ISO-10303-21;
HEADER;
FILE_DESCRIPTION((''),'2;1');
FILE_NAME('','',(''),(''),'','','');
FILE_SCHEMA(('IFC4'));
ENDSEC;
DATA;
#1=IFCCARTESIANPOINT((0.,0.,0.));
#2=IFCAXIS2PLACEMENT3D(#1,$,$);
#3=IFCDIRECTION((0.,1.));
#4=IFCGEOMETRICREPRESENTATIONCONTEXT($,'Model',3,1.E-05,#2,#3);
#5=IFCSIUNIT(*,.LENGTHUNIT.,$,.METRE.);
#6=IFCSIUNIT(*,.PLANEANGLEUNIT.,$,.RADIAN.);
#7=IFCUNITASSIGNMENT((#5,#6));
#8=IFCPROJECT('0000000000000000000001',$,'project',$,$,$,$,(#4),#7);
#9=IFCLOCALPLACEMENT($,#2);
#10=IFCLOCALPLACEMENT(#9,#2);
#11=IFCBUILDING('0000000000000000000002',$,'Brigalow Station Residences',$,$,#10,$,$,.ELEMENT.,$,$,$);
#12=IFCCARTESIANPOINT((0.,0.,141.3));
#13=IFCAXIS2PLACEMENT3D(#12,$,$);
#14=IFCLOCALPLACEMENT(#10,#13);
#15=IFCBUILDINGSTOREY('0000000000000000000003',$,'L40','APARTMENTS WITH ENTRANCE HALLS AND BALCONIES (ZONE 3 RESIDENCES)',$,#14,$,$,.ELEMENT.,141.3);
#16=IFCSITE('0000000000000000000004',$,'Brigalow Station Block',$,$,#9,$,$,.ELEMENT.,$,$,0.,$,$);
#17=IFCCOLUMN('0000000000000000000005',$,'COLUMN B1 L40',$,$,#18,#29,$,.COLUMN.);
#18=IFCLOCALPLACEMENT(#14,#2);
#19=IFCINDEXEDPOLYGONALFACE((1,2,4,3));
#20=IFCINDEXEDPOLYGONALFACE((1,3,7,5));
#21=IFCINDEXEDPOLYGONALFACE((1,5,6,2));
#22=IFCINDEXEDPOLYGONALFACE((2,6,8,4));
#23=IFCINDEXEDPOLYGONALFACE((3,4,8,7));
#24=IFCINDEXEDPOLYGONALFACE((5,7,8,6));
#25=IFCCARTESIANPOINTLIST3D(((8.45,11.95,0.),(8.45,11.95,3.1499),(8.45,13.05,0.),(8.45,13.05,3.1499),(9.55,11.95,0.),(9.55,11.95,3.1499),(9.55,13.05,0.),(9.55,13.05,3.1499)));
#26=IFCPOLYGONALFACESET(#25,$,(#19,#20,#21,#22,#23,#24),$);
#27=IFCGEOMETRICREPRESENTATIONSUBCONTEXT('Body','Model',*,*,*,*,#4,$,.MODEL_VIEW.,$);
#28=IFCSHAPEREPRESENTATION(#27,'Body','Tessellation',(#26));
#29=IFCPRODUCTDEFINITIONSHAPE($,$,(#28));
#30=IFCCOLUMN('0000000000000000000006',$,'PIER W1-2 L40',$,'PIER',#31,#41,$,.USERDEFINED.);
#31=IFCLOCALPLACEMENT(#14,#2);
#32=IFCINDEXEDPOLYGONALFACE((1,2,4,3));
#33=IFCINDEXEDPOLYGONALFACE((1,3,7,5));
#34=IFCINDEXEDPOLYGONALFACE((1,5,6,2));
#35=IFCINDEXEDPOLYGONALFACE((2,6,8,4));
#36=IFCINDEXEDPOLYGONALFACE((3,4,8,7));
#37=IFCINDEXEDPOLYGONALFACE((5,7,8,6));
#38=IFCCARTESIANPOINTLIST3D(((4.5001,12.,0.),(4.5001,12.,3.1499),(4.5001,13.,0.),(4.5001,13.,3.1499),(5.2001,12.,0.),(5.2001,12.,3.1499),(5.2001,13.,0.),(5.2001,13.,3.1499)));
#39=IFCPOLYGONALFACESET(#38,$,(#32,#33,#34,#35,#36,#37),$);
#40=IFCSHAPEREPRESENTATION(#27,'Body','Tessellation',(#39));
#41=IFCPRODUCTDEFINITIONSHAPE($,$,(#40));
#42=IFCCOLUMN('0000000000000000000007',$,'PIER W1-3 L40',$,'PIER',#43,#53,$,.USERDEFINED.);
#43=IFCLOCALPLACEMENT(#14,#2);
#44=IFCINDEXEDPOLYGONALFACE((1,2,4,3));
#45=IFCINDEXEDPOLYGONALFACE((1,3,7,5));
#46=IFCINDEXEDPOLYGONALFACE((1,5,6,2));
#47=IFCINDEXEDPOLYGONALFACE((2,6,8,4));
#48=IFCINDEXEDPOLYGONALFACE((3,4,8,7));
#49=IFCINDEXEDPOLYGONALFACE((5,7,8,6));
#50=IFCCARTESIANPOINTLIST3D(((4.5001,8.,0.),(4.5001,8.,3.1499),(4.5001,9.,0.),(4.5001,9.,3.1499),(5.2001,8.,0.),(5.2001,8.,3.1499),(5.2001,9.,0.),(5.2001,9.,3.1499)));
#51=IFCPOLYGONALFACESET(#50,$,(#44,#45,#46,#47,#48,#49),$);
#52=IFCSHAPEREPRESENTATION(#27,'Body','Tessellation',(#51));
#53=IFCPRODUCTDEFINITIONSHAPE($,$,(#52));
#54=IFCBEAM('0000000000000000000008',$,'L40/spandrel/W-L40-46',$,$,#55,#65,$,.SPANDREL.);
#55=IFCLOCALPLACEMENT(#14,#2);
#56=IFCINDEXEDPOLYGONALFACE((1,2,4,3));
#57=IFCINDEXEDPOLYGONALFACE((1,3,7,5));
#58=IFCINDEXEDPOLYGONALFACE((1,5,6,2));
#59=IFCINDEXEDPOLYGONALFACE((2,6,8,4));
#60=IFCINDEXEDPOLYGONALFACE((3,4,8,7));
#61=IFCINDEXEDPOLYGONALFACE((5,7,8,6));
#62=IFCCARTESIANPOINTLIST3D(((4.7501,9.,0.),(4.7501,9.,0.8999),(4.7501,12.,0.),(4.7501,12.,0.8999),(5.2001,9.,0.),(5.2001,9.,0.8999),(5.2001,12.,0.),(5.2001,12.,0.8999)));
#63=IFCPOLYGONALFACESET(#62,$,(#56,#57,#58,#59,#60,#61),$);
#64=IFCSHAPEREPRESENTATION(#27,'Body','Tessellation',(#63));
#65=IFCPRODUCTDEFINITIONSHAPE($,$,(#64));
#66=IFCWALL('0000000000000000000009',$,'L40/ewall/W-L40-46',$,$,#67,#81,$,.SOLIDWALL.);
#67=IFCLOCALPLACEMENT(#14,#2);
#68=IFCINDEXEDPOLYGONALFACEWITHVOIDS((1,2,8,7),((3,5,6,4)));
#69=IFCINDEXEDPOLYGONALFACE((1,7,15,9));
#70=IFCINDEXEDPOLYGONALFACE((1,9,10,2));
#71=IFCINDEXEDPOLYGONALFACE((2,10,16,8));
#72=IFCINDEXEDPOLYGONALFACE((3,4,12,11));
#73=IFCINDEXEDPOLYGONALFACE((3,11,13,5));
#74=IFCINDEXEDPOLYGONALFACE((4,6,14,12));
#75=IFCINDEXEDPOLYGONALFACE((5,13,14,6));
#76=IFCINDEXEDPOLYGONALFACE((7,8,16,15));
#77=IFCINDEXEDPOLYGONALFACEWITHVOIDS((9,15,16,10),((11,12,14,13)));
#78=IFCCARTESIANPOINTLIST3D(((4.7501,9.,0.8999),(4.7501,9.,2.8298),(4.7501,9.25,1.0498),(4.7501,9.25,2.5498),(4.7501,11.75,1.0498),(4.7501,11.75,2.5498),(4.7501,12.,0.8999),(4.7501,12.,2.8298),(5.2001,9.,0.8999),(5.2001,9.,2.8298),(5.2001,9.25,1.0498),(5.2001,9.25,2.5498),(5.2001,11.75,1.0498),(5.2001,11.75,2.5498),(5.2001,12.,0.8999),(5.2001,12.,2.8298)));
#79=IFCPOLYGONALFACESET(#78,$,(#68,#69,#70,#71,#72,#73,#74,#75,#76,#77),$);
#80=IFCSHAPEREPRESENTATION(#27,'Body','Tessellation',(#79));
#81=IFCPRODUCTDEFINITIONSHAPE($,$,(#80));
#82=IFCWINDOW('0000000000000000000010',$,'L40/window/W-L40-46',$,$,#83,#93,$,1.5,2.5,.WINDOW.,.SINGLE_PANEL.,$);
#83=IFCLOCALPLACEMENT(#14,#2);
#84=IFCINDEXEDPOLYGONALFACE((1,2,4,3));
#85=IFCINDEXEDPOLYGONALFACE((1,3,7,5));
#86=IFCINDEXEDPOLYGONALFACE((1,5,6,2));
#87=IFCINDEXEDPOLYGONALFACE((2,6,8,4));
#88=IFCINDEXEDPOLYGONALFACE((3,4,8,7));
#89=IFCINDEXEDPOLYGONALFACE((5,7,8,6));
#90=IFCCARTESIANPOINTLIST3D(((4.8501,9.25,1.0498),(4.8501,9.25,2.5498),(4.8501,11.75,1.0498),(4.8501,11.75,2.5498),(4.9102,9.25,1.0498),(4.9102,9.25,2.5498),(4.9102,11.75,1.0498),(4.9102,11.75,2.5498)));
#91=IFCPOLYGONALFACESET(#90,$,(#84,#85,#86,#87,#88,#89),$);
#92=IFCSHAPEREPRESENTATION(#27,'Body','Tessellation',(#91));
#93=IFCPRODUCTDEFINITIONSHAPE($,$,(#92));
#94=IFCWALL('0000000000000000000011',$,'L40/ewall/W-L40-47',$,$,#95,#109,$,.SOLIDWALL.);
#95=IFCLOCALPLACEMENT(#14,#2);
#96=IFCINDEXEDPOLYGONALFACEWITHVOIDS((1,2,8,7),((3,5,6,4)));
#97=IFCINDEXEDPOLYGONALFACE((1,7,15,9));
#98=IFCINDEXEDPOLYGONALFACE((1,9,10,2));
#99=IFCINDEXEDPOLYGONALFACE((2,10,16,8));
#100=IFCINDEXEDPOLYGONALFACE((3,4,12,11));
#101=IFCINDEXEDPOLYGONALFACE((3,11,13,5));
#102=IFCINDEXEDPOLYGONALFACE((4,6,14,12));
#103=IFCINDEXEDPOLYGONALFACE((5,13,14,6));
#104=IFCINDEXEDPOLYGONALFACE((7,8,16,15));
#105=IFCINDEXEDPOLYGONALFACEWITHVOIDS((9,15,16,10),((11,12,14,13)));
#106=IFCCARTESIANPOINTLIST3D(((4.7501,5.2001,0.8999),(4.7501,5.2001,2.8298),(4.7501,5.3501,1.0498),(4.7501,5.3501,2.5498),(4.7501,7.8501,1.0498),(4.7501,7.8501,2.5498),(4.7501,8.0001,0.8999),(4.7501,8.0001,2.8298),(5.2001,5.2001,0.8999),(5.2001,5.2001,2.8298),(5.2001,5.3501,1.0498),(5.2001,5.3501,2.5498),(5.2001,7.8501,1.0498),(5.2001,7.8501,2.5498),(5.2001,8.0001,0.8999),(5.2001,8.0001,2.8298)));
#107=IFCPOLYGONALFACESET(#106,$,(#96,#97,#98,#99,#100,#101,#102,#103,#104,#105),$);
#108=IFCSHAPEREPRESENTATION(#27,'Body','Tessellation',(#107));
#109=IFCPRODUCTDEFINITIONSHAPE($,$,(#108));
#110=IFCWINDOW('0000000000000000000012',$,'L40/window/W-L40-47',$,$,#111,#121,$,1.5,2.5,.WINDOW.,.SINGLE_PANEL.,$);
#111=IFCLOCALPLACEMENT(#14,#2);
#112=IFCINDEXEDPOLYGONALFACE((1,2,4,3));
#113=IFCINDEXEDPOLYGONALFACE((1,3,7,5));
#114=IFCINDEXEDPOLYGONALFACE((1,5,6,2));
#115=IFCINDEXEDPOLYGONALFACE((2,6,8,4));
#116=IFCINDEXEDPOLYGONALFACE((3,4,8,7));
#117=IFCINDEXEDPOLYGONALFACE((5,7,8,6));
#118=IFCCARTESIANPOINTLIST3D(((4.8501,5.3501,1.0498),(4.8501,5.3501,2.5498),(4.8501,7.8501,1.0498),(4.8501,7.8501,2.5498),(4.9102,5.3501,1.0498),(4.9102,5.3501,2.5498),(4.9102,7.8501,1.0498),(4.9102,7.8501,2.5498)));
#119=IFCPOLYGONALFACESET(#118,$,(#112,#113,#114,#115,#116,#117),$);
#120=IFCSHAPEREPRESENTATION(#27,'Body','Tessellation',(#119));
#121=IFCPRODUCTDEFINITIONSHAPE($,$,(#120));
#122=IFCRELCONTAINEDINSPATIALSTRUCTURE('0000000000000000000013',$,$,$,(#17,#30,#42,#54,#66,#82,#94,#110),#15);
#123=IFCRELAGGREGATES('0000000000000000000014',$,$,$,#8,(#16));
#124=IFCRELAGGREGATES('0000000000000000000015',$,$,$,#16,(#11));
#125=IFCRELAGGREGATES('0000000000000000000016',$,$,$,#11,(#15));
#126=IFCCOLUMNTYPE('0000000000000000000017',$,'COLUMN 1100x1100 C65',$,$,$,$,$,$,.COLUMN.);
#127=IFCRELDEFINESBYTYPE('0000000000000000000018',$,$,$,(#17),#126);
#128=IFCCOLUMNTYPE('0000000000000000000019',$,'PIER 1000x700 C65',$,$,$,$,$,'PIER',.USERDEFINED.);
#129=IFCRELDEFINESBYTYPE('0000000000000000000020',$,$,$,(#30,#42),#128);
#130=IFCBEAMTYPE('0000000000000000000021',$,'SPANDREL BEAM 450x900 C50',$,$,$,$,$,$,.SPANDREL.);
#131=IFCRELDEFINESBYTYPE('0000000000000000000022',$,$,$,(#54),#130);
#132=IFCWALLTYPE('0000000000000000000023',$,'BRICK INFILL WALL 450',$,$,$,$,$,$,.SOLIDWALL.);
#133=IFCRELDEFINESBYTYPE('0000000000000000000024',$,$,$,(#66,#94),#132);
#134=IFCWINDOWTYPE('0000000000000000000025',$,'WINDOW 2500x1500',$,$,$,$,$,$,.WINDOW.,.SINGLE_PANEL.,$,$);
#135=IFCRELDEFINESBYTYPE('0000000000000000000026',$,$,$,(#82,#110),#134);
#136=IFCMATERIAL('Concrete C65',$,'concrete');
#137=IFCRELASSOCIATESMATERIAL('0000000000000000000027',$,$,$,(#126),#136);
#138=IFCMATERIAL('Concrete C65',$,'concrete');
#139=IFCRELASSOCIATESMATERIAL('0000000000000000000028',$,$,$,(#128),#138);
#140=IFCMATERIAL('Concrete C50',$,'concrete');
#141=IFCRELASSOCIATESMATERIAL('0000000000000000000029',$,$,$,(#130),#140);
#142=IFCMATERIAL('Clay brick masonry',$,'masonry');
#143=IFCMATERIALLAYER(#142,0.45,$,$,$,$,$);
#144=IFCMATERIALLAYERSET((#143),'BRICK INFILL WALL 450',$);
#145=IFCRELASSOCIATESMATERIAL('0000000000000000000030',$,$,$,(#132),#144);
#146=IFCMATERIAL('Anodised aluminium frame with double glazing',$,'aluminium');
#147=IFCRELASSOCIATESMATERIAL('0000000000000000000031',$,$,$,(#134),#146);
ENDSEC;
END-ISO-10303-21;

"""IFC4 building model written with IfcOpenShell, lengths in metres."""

from ifc_helpers import new_model, si_unit, direction, frame, frame_2d, origin, origin_2d, place, context, subcontext, project, spatial, rectangle, extrude, material, layer, layer_set, material_profile, profile_set, type_object, element, fill, save


model = new_model("IFC4")

# Units and contexts
model_context = context("Model", 3, precision=1e-05, world=origin(), true_north=direction((0.0, 1.0)))
body_context = subcontext(model_context, "Body", "Model", "MODEL_VIEW")
ifc_project = project(units=[si_unit("LENGTHUNIT", "METRE"), si_unit("PLANEANGLEUNIT", "RADIAN")], contexts=[model_context])

# Site, building, storey
site_placement = place(None, origin())
site = spatial("IfcSite", under=ifc_project, at=site_placement, Name="Brigalow Station Block", CompositionType="ELEMENT", RefElevation=0.0)
building_placement = place(site_placement, origin())
building = spatial("IfcBuilding", under=site, at=building_placement, Name="Brigalow Station Residences", CompositionType="ELEMENT")
storey_placement = place(building_placement, frame((0.0, 0.0, 141.3)))
storey = spatial("IfcBuildingStorey", under=building, at=storey_placement, Name="L40", Description="APARTMENTS WITH ENTRANCE HALLS AND BALCONIES (ZONE 3 RESIDENCES)", CompositionType="ELEMENT", Elevation=141.3)

# Columns
ifc_material_1 = material(Name="Concrete C65", Category="concrete")
ifc_material_profile_1 = material_profile(ifc_material_1, rectangle(XDim=1.1001, YDim=1.1001, at=origin_2d()), Name="RC1100x1100")
ifc_profile_set_1 = profile_set([ifc_material_profile_1], Name="Concrete C65")
column_type_1 = type_object("IfcColumnType", Name="COLUMN 1100x1100 C65", PredefinedType="COLUMN", material=ifc_profile_set_1)
column_placement = place(storey_placement, frame((9.0, 12.5, 0.0), z_axis=(0.0, 0.0, 1.0), x_axis=(1.0, 0.0, 0.0)))
element("IfcColumn", 1, at=column_placement, inside=storey, type_object=column_type_1, Name="COLUMN B1 L40", PredefinedType="COLUMN", context=body_context, shape_type="SweptSolid", body=[
    extrude(rectangle(XDim=1.1001, YDim=1.1001, at=origin_2d()), origin(), (0.0, 0.0, 1.0), 3.1499),
])
ifc_material_2 = material(Name="Concrete C65", Category="concrete")
ifc_material_profile_2 = material_profile(ifc_material_2, rectangle(XDim=1.0, YDim=0.7, at=origin_2d()), Name="RC1000x700")
ifc_profile_set_2 = profile_set([ifc_material_profile_2], Name="Concrete C65")
column_type_2 = type_object("IfcColumnType", Name="PIER 1000x700 C65", ElementType="PIER", PredefinedType="USERDEFINED", material=ifc_profile_set_2)
for number, where, z_axis, x_axis, name in (
    (2, (4.8501, 12.5, 0.0), (0.0, 0.0, 1.0), (0.0, -1.0, 0.0), "PIER W1-2 L40"),
    (3, (4.8501, 8.5, 0.0), (0.0, 0.0, 1.0), (0.0, -1.0, 0.0), "PIER W1-3 L40"),
):
    element("IfcColumn", number, at=place(storey_placement, frame(where, z_axis=z_axis, x_axis=x_axis)), inside=storey, type_object=column_type_2, Name=name, ObjectType="PIER", PredefinedType="USERDEFINED", context=body_context, shape_type="SweptSolid", body=[
        extrude(rectangle(XDim=1.0, YDim=0.7, at=origin_2d()), origin(), (0.0, 0.0, 1.0), 3.1499),
    ])

# Beam
ifc_material_3 = material(Name="Concrete C50", Category="concrete")
ifc_material_profile_3 = material_profile(ifc_material_3, rectangle(XDim=0.45, YDim=0.8999, at=origin_2d()), Name="RC450x900")
ifc_profile_set_3 = profile_set([ifc_material_profile_3], Name="Concrete C50")
beam_type = type_object("IfcBeamType", Name="SPANDREL BEAM 450x900 C50", PredefinedType="SPANDREL", material=ifc_profile_set_3)
beam_placement = place(storey_placement, frame((4.9751, 12.0, 0.45), z_axis=(0.0, -1.0, 0.0), x_axis=(1.0, 0.0, 0.0)))
element("IfcBeam", 4, at=beam_placement, inside=storey, type_object=beam_type, Name="L40/spandrel/W-L40-46", PredefinedType="SPANDREL", context=body_context, shape_type="SweptSolid", body=[
    extrude(rectangle(XDim=0.45, YDim=0.8999, at=origin_2d()), origin(), (0.0, 0.0, 1.0), 3.0),
])

# Walls, openings, windows
ifc_material_4 = material(Name="Clay brick masonry", Category="masonry")
ifc_layer_1 = layer(ifc_material_4, 0.45)
ifc_layer_set_1 = layer_set([ifc_layer_1], Name="BRICK INFILL WALL 450")
wall_type_1 = type_object("IfcWallType", Name="BRICK INFILL WALL 450", PredefinedType="SOLIDWALL", material=ifc_layer_set_1)
wall_1_placement = place(storey_placement, frame((4.9751, 12.0, 0.8999), z_axis=(0.0, 0.0, 1.0), x_axis=(0.0, -1.0, 0.0)))
wall_1 = element("IfcWall", 5, at=wall_1_placement, inside=storey, type_object=wall_type_1, Name="L40/ewall/W-L40-46", PredefinedType="SOLIDWALL", context=body_context, shape_type="SweptSolid", body=[
    extrude(rectangle(XDim=3.0, YDim=0.45, at=frame_2d((1.5, 0.0))), origin(), (0.0, 0.0, 1.0), 1.9299),
])
opening_1_placement = place(wall_1_placement, frame((0.25, 0.0, 0.1499)))
opening_1 = element("IfcOpeningElement", 6, at=opening_1_placement, cuts=wall_1, PredefinedType="OPENING", context=body_context, shape_type="SweptSolid", body=[
    extrude(rectangle(XDim=2.5, YDim=1.5, at=frame_2d((1.25, 0.75))), frame((0.0, 0.2349, 0.0), z_axis=(0.0, -1.0, 0.0), x_axis=(1.0, 0.0, 0.0)), (0.0, 0.0, 1.0), 0.47),
])
ifc_material_5 = material(Name="Anodised aluminium frame with double glazing", Category="aluminium")
window_type = type_object("IfcWindowType", Name="WINDOW 2500x1500", PartitioningType="SINGLE_PANEL", PredefinedType="WINDOW", material=ifc_material_5)
window_1_placement = place(opening_1_placement, origin())
window_1 = element("IfcWindow", 7, at=window_1_placement, inside=storey, type_object=window_type, Name="L40/window/W-L40-46", OverallHeight=1.5, OverallWidth=2.5, PartitioningType="SINGLE_PANEL", PredefinedType="WINDOW", context=body_context, shape_type="SweptSolid", body=[
    extrude(rectangle(XDim=2.5, YDim=1.5, at=frame_2d((1.25, 0.75))), frame((0.0, -0.0649, 0.0), z_axis=(0.0, -1.0, 0.0), x_axis=(1.0, 0.0, 0.0)), (0.0, 0.0, 1.0), 0.0601),
])
fill(opening_1, window_1)
wall_2_placement = place(storey_placement, frame((4.9751, 8.0, 0.8999), z_axis=(0.0, 0.0, 1.0), x_axis=(0.0, -1.0, 0.0)))
wall_2 = element("IfcWall", 8, at=wall_2_placement, inside=storey, type_object=wall_type_1, Name="L40/ewall/W-L40-47", PredefinedType="SOLIDWALL", context=body_context, shape_type="SweptSolid", body=[
    extrude(rectangle(XDim=2.8, YDim=0.45, at=frame_2d((1.3999, 0.0))), origin(), (0.0, 0.0, 1.0), 1.9299),
])
opening_2_placement = place(wall_2_placement, frame((0.1499, 0.0, 0.1499)))
opening_2 = element("IfcOpeningElement", 9, at=opening_2_placement, cuts=wall_2, PredefinedType="OPENING", context=body_context, shape_type="SweptSolid", body=[
    extrude(rectangle(XDim=2.5, YDim=1.5, at=frame_2d((1.25, 0.75))), frame((0.0, 0.2349, 0.0), z_axis=(0.0, -1.0, 0.0), x_axis=(1.0, 0.0, 0.0)), (0.0, 0.0, 1.0), 0.47),
])
window_2_placement = place(opening_2_placement, origin())
window_2 = element("IfcWindow", 10, at=window_2_placement, inside=storey, type_object=window_type, Name="L40/window/W-L40-47", OverallHeight=1.5, OverallWidth=2.5, PartitioningType="SINGLE_PANEL", PredefinedType="WINDOW", context=body_context, shape_type="SweptSolid", body=[
    extrude(rectangle(XDim=2.5, YDim=1.5, at=frame_2d((1.25, 0.75))), frame((0.0, -0.0649, 0.0), z_axis=(0.0, -1.0, 0.0), x_axis=(1.0, 0.0, 0.0)), (0.0, 0.0, 1.0), 0.0601),
])
fill(opening_2, window_2)

save(model, "model.ifc")
